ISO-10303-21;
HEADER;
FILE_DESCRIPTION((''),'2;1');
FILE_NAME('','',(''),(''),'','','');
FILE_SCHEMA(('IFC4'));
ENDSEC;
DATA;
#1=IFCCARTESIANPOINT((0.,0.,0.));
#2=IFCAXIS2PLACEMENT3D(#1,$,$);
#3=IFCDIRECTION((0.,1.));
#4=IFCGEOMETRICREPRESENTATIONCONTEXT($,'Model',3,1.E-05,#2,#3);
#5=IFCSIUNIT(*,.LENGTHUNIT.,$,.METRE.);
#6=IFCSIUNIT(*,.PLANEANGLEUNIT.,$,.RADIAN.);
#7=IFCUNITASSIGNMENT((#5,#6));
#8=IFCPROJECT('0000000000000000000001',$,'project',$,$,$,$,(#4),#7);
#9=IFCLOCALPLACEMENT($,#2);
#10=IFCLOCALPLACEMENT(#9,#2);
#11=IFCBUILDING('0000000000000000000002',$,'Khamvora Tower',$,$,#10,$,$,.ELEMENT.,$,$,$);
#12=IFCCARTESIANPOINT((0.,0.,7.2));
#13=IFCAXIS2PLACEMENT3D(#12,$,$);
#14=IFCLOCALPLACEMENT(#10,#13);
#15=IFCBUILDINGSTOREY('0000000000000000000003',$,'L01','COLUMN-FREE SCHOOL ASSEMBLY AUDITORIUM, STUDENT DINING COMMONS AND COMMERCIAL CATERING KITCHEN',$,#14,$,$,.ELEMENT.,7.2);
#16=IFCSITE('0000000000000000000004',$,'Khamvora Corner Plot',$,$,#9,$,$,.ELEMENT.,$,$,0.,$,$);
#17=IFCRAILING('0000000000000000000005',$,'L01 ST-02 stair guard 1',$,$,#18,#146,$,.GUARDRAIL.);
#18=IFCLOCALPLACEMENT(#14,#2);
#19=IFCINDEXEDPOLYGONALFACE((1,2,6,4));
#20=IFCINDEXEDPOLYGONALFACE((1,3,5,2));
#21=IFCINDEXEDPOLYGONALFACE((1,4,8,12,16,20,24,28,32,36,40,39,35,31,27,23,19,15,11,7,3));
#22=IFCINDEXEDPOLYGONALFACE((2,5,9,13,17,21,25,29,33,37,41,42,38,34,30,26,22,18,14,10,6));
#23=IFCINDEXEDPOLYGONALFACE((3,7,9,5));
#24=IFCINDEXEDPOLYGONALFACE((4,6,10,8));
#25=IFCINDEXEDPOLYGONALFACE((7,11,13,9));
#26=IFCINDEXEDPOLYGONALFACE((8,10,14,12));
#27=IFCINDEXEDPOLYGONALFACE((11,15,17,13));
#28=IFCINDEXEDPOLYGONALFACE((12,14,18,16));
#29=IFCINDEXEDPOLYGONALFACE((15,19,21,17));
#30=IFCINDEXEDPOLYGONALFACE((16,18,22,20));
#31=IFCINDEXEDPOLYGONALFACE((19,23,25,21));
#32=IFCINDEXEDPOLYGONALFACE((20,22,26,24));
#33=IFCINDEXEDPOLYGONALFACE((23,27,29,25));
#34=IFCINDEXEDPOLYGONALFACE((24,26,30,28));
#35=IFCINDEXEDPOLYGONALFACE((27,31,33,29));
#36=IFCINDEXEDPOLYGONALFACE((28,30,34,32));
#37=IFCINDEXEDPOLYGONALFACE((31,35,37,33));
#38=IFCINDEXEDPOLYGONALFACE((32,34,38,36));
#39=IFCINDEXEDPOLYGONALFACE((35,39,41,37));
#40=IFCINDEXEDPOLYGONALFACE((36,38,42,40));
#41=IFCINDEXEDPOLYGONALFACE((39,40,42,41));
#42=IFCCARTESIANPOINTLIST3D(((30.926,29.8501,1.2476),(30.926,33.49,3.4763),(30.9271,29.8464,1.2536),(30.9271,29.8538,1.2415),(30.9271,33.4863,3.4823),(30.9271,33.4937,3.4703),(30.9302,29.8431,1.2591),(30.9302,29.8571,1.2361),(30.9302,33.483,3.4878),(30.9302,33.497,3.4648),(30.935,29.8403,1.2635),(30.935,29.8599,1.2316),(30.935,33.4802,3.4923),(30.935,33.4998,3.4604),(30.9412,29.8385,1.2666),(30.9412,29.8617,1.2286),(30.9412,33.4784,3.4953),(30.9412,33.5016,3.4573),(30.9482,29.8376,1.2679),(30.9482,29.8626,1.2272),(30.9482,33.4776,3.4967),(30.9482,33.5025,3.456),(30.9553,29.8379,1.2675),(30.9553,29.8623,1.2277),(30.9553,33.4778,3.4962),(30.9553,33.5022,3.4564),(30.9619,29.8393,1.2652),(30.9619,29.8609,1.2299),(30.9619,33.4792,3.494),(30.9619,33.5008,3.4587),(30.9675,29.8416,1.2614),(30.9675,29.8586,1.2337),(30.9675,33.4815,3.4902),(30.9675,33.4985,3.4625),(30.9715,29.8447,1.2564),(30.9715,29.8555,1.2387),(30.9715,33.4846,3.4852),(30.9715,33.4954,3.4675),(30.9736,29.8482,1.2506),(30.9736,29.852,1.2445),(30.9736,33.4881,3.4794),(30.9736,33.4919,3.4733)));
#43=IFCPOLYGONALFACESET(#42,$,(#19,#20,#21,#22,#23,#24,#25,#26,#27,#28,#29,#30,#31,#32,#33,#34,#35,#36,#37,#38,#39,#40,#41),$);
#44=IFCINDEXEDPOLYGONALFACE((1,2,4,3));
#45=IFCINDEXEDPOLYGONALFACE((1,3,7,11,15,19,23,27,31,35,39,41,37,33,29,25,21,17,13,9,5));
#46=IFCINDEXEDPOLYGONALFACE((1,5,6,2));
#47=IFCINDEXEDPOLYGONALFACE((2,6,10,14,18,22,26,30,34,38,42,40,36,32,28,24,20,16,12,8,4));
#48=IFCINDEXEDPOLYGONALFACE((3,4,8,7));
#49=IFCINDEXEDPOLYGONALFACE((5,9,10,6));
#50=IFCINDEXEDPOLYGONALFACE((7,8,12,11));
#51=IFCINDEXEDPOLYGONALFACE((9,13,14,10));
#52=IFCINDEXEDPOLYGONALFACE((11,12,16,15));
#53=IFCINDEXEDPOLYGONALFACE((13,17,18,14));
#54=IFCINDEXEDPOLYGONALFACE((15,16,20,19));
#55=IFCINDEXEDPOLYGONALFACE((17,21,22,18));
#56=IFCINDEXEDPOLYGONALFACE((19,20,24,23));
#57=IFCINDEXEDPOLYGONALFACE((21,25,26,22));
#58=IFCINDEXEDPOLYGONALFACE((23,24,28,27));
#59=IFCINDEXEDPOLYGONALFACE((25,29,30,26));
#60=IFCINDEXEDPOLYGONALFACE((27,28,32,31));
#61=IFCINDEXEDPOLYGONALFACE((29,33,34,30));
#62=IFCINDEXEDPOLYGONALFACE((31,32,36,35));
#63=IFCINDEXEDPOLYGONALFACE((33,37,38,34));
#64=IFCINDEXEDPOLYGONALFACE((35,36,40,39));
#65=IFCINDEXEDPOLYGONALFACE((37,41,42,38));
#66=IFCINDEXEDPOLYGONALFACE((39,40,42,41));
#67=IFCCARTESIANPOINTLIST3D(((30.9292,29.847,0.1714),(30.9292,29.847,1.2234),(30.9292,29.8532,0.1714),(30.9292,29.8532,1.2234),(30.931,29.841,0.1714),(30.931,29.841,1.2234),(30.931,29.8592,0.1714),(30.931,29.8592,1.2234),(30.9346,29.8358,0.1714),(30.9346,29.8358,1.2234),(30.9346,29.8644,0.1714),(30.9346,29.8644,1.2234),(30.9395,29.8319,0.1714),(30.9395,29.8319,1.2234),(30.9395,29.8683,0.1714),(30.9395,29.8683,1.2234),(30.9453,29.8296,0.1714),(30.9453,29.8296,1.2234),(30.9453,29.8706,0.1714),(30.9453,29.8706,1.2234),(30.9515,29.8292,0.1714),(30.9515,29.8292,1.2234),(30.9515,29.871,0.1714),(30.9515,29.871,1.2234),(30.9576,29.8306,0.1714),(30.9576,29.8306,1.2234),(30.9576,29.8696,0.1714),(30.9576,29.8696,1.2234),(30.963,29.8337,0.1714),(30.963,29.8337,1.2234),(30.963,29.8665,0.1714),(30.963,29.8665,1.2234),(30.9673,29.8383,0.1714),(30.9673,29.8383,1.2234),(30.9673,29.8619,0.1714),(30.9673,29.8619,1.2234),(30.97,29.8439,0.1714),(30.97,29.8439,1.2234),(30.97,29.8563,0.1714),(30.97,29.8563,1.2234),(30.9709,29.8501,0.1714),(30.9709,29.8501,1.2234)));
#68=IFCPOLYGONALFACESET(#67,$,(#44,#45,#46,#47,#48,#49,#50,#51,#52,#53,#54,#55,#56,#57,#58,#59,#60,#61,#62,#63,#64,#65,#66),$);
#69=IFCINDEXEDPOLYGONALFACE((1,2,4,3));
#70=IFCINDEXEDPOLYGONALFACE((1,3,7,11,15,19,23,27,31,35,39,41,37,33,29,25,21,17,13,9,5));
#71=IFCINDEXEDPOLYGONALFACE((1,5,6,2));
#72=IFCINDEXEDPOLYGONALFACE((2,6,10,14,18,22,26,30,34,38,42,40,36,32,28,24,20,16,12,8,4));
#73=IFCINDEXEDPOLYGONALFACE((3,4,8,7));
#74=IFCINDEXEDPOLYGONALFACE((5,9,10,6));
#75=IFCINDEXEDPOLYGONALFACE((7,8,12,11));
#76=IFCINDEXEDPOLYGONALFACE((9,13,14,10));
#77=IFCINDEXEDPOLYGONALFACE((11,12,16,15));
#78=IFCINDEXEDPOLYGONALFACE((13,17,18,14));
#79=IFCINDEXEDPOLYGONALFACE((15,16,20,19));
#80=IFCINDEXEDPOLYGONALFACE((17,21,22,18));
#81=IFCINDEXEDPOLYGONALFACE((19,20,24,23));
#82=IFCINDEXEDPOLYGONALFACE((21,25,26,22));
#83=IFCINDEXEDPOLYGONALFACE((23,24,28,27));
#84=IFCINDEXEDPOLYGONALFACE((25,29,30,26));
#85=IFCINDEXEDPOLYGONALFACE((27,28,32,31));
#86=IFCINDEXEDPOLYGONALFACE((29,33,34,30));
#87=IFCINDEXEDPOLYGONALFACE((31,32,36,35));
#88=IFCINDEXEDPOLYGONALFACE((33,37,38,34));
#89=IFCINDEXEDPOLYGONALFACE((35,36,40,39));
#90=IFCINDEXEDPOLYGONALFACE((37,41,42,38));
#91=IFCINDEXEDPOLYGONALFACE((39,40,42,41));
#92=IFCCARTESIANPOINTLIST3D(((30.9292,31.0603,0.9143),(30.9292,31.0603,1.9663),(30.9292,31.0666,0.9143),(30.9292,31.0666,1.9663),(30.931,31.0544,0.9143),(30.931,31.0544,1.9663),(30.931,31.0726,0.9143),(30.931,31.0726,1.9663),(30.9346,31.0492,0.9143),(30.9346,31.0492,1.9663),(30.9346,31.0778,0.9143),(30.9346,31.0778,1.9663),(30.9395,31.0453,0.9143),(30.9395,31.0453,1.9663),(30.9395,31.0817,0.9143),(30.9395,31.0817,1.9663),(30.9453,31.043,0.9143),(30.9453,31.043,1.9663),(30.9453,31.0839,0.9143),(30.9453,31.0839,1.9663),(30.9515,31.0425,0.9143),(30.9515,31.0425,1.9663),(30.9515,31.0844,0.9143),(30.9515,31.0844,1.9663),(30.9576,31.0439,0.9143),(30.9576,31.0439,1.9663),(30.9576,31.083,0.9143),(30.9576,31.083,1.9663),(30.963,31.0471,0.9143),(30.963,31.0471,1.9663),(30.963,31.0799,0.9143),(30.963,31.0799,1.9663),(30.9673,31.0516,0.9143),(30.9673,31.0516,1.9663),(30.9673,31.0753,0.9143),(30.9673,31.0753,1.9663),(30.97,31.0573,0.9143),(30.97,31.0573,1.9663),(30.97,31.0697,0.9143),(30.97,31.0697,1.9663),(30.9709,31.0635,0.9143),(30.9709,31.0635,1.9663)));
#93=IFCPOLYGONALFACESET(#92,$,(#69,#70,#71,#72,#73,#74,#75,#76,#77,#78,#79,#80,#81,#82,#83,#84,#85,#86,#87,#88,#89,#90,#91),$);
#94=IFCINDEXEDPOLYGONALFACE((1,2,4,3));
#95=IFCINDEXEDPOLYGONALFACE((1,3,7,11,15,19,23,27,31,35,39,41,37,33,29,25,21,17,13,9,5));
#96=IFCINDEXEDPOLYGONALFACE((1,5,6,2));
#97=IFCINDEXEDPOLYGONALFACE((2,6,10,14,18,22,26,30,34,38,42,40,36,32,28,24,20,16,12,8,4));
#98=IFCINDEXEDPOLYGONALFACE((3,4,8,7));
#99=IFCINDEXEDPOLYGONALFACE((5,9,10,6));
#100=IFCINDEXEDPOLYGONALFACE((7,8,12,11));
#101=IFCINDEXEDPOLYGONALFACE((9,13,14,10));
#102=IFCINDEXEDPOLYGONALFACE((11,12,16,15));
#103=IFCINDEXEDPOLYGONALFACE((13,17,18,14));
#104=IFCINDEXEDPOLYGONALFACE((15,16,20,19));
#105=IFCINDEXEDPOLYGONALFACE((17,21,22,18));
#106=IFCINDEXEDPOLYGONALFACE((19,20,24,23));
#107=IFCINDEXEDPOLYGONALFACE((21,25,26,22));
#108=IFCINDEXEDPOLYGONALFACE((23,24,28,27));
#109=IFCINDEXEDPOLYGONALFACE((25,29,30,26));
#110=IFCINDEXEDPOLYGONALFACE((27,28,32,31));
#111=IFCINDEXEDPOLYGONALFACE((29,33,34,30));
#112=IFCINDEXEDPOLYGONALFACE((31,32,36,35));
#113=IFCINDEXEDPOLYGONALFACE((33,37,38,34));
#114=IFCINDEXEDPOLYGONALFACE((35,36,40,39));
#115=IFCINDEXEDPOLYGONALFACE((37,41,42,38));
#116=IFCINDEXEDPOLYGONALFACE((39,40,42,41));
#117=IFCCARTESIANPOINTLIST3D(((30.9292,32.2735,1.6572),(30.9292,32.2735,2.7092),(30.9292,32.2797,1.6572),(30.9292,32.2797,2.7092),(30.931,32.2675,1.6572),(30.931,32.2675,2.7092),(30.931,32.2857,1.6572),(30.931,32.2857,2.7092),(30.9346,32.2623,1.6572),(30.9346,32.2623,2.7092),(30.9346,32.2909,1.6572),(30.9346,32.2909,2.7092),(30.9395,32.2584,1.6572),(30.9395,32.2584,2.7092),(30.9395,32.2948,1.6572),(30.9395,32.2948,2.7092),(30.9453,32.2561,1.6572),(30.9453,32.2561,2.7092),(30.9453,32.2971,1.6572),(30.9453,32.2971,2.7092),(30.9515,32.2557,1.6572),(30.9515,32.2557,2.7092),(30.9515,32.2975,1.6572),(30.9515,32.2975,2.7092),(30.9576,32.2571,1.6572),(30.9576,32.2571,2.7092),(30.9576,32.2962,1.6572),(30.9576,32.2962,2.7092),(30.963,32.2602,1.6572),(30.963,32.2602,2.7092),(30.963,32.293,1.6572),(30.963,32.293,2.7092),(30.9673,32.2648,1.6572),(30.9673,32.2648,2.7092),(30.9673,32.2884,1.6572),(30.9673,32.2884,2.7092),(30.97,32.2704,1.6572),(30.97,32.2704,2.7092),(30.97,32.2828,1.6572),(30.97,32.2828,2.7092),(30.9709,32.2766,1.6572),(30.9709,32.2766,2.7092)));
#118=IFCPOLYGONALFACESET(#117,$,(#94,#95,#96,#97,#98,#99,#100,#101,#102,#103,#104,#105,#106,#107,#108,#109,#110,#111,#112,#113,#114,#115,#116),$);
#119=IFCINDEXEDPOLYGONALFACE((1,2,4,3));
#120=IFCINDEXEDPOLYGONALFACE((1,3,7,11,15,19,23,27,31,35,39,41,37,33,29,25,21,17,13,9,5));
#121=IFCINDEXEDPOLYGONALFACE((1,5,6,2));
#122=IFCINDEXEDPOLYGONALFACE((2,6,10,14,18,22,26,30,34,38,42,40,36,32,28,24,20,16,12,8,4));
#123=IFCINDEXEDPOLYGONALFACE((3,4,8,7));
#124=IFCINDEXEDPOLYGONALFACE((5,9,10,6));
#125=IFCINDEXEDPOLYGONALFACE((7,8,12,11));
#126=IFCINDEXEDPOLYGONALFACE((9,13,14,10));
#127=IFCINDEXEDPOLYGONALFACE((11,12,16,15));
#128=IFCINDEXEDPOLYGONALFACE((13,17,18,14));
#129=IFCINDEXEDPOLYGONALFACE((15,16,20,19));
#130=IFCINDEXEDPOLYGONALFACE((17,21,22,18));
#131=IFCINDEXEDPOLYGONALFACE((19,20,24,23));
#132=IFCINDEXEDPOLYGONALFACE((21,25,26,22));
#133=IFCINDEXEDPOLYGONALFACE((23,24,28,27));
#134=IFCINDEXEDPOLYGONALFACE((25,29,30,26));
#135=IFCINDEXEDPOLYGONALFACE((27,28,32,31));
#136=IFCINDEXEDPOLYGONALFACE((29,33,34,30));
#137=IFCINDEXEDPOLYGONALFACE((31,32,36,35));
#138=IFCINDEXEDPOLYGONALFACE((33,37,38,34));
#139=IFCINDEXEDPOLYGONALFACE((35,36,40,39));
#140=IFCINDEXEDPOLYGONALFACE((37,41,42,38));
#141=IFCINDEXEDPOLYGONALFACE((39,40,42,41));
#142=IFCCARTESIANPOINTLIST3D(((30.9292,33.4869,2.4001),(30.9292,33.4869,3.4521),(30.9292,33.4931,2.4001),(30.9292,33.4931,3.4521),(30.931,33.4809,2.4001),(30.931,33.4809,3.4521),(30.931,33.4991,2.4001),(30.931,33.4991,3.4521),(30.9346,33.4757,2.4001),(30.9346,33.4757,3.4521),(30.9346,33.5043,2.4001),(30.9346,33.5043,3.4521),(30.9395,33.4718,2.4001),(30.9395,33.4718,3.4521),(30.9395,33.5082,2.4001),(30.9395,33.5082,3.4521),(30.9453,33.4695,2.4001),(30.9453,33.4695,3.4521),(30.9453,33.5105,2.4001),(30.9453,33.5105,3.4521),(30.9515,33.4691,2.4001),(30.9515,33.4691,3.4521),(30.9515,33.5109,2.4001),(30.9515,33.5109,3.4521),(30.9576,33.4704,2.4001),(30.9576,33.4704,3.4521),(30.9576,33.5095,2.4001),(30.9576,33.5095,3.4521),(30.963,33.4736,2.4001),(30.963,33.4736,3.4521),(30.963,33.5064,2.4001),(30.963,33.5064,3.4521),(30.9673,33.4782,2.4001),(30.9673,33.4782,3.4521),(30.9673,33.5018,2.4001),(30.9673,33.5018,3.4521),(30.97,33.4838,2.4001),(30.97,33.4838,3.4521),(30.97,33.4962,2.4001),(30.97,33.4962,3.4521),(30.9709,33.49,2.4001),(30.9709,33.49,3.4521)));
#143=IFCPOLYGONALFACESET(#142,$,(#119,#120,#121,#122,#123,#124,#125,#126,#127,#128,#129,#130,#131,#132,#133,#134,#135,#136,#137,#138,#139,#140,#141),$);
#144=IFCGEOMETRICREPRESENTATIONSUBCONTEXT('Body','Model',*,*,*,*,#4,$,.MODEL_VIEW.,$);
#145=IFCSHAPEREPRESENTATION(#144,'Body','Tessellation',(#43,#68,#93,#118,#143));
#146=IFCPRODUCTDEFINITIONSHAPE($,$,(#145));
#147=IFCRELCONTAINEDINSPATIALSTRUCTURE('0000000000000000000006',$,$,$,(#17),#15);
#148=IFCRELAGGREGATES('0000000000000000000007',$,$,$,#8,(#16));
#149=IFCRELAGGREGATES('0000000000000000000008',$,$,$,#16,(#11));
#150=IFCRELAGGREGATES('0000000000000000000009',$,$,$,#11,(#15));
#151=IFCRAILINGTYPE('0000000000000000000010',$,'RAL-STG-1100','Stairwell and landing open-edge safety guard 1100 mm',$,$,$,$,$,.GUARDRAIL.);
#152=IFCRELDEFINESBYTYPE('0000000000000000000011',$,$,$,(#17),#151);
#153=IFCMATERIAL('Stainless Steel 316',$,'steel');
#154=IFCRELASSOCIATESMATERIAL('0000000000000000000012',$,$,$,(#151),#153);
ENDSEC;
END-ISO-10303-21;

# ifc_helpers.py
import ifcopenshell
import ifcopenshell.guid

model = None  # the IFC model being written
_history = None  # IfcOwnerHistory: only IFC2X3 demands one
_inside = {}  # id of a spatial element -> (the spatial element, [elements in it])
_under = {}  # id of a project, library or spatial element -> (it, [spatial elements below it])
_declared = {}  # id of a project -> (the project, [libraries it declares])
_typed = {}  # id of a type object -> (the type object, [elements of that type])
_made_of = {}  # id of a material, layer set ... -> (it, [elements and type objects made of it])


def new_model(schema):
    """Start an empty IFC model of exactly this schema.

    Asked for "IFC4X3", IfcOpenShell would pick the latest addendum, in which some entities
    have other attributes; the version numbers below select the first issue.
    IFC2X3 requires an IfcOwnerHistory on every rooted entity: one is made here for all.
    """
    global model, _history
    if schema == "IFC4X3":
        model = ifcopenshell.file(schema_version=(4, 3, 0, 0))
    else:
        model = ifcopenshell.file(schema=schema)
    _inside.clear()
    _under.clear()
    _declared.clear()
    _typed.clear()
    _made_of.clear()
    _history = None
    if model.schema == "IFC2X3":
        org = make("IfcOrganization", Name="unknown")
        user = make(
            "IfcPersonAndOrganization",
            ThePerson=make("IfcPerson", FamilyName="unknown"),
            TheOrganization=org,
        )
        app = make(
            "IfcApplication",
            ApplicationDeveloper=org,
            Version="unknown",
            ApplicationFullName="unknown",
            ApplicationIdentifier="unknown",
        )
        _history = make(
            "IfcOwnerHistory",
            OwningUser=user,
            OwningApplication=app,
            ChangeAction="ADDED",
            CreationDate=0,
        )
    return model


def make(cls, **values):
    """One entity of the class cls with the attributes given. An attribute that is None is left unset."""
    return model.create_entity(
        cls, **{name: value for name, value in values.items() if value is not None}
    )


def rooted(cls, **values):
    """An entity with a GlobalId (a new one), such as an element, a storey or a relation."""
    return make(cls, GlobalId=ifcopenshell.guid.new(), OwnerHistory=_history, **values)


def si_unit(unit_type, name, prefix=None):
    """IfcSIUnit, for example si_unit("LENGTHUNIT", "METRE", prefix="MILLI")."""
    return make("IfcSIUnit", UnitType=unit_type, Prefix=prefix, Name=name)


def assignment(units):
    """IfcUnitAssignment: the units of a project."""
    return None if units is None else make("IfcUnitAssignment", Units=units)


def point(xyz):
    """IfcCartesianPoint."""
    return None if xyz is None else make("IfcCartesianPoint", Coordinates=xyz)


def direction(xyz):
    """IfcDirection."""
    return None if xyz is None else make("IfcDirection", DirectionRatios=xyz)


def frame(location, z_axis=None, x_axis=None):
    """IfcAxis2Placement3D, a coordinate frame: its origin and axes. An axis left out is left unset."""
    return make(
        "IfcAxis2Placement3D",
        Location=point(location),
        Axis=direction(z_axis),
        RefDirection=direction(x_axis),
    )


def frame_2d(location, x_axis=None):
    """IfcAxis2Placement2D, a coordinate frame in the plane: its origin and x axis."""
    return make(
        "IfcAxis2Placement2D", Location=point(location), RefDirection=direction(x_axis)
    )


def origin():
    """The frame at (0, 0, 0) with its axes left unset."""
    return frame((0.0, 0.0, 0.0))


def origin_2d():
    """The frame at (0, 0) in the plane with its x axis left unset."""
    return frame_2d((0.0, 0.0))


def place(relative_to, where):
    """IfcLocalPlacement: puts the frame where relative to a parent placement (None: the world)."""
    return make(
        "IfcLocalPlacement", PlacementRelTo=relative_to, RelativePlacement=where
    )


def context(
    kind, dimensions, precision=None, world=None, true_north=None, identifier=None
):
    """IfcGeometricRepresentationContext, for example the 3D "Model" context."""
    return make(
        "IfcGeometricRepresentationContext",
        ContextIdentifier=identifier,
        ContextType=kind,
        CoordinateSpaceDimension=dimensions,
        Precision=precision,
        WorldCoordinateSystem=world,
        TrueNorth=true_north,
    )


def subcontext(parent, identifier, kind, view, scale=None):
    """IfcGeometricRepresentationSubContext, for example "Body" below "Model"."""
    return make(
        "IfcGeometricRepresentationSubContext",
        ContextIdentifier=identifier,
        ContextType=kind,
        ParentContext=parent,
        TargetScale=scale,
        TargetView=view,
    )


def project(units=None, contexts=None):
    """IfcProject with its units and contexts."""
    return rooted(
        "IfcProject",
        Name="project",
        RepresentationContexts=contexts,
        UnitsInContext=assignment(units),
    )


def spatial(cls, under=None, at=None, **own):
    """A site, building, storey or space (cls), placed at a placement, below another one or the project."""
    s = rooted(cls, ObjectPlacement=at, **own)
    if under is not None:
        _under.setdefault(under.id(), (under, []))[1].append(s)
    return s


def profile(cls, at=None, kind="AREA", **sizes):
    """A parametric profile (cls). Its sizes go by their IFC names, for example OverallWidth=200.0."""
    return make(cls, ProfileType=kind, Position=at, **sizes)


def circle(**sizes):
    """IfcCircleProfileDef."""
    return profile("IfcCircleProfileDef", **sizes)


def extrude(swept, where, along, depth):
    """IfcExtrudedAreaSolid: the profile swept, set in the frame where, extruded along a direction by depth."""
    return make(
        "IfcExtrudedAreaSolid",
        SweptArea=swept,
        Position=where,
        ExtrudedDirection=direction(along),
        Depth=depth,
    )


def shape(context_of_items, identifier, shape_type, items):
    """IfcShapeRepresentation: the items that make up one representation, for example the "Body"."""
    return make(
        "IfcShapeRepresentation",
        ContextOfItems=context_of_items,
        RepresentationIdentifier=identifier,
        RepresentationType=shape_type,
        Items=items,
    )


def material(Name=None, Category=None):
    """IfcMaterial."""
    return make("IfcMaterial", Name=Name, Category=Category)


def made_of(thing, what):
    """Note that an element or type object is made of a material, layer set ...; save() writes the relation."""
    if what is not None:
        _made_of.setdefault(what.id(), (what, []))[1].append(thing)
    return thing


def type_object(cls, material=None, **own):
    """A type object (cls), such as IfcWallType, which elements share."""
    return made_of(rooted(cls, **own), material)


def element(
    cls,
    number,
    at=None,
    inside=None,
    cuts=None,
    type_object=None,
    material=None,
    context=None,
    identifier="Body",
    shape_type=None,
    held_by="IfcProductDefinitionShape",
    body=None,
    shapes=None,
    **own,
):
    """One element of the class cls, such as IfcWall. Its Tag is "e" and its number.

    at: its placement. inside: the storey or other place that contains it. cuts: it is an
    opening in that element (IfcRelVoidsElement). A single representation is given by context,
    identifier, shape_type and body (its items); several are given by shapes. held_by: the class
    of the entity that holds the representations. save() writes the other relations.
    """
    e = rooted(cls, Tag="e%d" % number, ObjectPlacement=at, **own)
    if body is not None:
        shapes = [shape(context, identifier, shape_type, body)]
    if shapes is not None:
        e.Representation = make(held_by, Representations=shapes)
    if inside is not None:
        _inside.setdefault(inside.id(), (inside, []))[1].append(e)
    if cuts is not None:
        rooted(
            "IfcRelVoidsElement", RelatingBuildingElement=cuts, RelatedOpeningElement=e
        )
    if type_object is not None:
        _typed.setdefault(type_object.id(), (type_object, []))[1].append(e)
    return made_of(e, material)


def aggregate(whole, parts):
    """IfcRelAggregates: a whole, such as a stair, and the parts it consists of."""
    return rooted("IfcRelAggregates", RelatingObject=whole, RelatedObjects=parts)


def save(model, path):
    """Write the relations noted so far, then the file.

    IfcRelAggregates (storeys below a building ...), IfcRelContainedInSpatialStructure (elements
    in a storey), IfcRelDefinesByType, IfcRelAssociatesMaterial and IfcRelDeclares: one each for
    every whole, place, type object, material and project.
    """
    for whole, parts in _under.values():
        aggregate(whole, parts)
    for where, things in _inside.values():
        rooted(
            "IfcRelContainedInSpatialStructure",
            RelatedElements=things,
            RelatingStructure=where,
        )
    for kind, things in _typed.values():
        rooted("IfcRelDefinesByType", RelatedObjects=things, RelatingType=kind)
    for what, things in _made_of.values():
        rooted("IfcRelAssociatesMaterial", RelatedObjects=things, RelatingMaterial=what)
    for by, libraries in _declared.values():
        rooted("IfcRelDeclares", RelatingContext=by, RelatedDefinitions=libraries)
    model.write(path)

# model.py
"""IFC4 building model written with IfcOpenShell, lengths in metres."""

from ifc_helpers import new_model, si_unit, direction, frame, origin, origin_2d, place, context, subcontext, project, spatial, circle, extrude, material, type_object, element, save


model = new_model("IFC4")

# Units and contexts
model_context = context("Model", 3, precision=1e-05, world=origin(), true_north=direction((0.0, 1.0)))
body_context = subcontext(model_context, "Body", "Model", "MODEL_VIEW")
ifc_project = project(units=[si_unit("LENGTHUNIT", "METRE"), si_unit("PLANEANGLEUNIT", "RADIAN")], contexts=[model_context])

# Site, building, storey
site_placement = place(None, origin())
site = spatial("IfcSite", under=ifc_project, at=site_placement, Name="Khamvora Corner Plot", CompositionType="ELEMENT", RefElevation=0.0)
building_placement = place(site_placement, origin())
building = spatial("IfcBuilding", under=site, at=building_placement, Name="Khamvora Tower", CompositionType="ELEMENT")
storey_placement = place(building_placement, frame((0.0, 0.0, 7.2)))
storey = spatial("IfcBuildingStorey", under=building, at=storey_placement, Name="L01", Description="COLUMN-FREE SCHOOL ASSEMBLY AUDITORIUM, STUDENT DINING COMMONS AND COMMERCIAL CATERING KITCHEN", CompositionType="ELEMENT", Elevation=7.2)

# Railing
ifc_material_1 = material(Name="Stainless Steel 316", Category="steel")
railing_type_1 = type_object("IfcRailingType", Name="RAL-STG-1100", Description="Stairwell and landing open-edge safety guard 1100 mm", PredefinedType="GUARDRAIL", material=ifc_material_1)
railing_1_placement = place(storey_placement, frame((30.95, 29.8501, 0.1714)))
element("IfcRailing", 1, at=railing_1_placement, inside=storey, type_object=railing_type_1, Name="L01 ST-02 stair guard 1", PredefinedType="GUARDRAIL", context=body_context, shape_type="SweptSolid", body=[
    extrude(circle(Radius=0.0239, at=origin_2d()), frame((0.0, 0.0, 1.0762), z_axis=(0.0, 0.852825, 0.522197), x_axis=(-1.0, 0.0, 0.0)), (0.0, 0.0, 1.0), 4.2681),
    extrude(circle(Radius=0.021, at=origin_2d()), origin(), (0.0, 0.0, 1.0), 1.052),
    extrude(circle(Radius=0.021, at=origin_2d()), frame((0.0, 1.2134, 0.7429)), (0.0, 0.0, 1.0), 1.052),
    extrude(circle(Radius=0.021, at=origin_2d()), frame((0.0, 2.4265, 1.4858)), (0.0, 0.0, 1.0), 1.052),
    extrude(circle(Radius=0.021, at=origin_2d()), frame((0.0, 3.6399, 2.2288)), (0.0, 0.0, 1.0), 1.052),
])

save(model, "model.ifc")
